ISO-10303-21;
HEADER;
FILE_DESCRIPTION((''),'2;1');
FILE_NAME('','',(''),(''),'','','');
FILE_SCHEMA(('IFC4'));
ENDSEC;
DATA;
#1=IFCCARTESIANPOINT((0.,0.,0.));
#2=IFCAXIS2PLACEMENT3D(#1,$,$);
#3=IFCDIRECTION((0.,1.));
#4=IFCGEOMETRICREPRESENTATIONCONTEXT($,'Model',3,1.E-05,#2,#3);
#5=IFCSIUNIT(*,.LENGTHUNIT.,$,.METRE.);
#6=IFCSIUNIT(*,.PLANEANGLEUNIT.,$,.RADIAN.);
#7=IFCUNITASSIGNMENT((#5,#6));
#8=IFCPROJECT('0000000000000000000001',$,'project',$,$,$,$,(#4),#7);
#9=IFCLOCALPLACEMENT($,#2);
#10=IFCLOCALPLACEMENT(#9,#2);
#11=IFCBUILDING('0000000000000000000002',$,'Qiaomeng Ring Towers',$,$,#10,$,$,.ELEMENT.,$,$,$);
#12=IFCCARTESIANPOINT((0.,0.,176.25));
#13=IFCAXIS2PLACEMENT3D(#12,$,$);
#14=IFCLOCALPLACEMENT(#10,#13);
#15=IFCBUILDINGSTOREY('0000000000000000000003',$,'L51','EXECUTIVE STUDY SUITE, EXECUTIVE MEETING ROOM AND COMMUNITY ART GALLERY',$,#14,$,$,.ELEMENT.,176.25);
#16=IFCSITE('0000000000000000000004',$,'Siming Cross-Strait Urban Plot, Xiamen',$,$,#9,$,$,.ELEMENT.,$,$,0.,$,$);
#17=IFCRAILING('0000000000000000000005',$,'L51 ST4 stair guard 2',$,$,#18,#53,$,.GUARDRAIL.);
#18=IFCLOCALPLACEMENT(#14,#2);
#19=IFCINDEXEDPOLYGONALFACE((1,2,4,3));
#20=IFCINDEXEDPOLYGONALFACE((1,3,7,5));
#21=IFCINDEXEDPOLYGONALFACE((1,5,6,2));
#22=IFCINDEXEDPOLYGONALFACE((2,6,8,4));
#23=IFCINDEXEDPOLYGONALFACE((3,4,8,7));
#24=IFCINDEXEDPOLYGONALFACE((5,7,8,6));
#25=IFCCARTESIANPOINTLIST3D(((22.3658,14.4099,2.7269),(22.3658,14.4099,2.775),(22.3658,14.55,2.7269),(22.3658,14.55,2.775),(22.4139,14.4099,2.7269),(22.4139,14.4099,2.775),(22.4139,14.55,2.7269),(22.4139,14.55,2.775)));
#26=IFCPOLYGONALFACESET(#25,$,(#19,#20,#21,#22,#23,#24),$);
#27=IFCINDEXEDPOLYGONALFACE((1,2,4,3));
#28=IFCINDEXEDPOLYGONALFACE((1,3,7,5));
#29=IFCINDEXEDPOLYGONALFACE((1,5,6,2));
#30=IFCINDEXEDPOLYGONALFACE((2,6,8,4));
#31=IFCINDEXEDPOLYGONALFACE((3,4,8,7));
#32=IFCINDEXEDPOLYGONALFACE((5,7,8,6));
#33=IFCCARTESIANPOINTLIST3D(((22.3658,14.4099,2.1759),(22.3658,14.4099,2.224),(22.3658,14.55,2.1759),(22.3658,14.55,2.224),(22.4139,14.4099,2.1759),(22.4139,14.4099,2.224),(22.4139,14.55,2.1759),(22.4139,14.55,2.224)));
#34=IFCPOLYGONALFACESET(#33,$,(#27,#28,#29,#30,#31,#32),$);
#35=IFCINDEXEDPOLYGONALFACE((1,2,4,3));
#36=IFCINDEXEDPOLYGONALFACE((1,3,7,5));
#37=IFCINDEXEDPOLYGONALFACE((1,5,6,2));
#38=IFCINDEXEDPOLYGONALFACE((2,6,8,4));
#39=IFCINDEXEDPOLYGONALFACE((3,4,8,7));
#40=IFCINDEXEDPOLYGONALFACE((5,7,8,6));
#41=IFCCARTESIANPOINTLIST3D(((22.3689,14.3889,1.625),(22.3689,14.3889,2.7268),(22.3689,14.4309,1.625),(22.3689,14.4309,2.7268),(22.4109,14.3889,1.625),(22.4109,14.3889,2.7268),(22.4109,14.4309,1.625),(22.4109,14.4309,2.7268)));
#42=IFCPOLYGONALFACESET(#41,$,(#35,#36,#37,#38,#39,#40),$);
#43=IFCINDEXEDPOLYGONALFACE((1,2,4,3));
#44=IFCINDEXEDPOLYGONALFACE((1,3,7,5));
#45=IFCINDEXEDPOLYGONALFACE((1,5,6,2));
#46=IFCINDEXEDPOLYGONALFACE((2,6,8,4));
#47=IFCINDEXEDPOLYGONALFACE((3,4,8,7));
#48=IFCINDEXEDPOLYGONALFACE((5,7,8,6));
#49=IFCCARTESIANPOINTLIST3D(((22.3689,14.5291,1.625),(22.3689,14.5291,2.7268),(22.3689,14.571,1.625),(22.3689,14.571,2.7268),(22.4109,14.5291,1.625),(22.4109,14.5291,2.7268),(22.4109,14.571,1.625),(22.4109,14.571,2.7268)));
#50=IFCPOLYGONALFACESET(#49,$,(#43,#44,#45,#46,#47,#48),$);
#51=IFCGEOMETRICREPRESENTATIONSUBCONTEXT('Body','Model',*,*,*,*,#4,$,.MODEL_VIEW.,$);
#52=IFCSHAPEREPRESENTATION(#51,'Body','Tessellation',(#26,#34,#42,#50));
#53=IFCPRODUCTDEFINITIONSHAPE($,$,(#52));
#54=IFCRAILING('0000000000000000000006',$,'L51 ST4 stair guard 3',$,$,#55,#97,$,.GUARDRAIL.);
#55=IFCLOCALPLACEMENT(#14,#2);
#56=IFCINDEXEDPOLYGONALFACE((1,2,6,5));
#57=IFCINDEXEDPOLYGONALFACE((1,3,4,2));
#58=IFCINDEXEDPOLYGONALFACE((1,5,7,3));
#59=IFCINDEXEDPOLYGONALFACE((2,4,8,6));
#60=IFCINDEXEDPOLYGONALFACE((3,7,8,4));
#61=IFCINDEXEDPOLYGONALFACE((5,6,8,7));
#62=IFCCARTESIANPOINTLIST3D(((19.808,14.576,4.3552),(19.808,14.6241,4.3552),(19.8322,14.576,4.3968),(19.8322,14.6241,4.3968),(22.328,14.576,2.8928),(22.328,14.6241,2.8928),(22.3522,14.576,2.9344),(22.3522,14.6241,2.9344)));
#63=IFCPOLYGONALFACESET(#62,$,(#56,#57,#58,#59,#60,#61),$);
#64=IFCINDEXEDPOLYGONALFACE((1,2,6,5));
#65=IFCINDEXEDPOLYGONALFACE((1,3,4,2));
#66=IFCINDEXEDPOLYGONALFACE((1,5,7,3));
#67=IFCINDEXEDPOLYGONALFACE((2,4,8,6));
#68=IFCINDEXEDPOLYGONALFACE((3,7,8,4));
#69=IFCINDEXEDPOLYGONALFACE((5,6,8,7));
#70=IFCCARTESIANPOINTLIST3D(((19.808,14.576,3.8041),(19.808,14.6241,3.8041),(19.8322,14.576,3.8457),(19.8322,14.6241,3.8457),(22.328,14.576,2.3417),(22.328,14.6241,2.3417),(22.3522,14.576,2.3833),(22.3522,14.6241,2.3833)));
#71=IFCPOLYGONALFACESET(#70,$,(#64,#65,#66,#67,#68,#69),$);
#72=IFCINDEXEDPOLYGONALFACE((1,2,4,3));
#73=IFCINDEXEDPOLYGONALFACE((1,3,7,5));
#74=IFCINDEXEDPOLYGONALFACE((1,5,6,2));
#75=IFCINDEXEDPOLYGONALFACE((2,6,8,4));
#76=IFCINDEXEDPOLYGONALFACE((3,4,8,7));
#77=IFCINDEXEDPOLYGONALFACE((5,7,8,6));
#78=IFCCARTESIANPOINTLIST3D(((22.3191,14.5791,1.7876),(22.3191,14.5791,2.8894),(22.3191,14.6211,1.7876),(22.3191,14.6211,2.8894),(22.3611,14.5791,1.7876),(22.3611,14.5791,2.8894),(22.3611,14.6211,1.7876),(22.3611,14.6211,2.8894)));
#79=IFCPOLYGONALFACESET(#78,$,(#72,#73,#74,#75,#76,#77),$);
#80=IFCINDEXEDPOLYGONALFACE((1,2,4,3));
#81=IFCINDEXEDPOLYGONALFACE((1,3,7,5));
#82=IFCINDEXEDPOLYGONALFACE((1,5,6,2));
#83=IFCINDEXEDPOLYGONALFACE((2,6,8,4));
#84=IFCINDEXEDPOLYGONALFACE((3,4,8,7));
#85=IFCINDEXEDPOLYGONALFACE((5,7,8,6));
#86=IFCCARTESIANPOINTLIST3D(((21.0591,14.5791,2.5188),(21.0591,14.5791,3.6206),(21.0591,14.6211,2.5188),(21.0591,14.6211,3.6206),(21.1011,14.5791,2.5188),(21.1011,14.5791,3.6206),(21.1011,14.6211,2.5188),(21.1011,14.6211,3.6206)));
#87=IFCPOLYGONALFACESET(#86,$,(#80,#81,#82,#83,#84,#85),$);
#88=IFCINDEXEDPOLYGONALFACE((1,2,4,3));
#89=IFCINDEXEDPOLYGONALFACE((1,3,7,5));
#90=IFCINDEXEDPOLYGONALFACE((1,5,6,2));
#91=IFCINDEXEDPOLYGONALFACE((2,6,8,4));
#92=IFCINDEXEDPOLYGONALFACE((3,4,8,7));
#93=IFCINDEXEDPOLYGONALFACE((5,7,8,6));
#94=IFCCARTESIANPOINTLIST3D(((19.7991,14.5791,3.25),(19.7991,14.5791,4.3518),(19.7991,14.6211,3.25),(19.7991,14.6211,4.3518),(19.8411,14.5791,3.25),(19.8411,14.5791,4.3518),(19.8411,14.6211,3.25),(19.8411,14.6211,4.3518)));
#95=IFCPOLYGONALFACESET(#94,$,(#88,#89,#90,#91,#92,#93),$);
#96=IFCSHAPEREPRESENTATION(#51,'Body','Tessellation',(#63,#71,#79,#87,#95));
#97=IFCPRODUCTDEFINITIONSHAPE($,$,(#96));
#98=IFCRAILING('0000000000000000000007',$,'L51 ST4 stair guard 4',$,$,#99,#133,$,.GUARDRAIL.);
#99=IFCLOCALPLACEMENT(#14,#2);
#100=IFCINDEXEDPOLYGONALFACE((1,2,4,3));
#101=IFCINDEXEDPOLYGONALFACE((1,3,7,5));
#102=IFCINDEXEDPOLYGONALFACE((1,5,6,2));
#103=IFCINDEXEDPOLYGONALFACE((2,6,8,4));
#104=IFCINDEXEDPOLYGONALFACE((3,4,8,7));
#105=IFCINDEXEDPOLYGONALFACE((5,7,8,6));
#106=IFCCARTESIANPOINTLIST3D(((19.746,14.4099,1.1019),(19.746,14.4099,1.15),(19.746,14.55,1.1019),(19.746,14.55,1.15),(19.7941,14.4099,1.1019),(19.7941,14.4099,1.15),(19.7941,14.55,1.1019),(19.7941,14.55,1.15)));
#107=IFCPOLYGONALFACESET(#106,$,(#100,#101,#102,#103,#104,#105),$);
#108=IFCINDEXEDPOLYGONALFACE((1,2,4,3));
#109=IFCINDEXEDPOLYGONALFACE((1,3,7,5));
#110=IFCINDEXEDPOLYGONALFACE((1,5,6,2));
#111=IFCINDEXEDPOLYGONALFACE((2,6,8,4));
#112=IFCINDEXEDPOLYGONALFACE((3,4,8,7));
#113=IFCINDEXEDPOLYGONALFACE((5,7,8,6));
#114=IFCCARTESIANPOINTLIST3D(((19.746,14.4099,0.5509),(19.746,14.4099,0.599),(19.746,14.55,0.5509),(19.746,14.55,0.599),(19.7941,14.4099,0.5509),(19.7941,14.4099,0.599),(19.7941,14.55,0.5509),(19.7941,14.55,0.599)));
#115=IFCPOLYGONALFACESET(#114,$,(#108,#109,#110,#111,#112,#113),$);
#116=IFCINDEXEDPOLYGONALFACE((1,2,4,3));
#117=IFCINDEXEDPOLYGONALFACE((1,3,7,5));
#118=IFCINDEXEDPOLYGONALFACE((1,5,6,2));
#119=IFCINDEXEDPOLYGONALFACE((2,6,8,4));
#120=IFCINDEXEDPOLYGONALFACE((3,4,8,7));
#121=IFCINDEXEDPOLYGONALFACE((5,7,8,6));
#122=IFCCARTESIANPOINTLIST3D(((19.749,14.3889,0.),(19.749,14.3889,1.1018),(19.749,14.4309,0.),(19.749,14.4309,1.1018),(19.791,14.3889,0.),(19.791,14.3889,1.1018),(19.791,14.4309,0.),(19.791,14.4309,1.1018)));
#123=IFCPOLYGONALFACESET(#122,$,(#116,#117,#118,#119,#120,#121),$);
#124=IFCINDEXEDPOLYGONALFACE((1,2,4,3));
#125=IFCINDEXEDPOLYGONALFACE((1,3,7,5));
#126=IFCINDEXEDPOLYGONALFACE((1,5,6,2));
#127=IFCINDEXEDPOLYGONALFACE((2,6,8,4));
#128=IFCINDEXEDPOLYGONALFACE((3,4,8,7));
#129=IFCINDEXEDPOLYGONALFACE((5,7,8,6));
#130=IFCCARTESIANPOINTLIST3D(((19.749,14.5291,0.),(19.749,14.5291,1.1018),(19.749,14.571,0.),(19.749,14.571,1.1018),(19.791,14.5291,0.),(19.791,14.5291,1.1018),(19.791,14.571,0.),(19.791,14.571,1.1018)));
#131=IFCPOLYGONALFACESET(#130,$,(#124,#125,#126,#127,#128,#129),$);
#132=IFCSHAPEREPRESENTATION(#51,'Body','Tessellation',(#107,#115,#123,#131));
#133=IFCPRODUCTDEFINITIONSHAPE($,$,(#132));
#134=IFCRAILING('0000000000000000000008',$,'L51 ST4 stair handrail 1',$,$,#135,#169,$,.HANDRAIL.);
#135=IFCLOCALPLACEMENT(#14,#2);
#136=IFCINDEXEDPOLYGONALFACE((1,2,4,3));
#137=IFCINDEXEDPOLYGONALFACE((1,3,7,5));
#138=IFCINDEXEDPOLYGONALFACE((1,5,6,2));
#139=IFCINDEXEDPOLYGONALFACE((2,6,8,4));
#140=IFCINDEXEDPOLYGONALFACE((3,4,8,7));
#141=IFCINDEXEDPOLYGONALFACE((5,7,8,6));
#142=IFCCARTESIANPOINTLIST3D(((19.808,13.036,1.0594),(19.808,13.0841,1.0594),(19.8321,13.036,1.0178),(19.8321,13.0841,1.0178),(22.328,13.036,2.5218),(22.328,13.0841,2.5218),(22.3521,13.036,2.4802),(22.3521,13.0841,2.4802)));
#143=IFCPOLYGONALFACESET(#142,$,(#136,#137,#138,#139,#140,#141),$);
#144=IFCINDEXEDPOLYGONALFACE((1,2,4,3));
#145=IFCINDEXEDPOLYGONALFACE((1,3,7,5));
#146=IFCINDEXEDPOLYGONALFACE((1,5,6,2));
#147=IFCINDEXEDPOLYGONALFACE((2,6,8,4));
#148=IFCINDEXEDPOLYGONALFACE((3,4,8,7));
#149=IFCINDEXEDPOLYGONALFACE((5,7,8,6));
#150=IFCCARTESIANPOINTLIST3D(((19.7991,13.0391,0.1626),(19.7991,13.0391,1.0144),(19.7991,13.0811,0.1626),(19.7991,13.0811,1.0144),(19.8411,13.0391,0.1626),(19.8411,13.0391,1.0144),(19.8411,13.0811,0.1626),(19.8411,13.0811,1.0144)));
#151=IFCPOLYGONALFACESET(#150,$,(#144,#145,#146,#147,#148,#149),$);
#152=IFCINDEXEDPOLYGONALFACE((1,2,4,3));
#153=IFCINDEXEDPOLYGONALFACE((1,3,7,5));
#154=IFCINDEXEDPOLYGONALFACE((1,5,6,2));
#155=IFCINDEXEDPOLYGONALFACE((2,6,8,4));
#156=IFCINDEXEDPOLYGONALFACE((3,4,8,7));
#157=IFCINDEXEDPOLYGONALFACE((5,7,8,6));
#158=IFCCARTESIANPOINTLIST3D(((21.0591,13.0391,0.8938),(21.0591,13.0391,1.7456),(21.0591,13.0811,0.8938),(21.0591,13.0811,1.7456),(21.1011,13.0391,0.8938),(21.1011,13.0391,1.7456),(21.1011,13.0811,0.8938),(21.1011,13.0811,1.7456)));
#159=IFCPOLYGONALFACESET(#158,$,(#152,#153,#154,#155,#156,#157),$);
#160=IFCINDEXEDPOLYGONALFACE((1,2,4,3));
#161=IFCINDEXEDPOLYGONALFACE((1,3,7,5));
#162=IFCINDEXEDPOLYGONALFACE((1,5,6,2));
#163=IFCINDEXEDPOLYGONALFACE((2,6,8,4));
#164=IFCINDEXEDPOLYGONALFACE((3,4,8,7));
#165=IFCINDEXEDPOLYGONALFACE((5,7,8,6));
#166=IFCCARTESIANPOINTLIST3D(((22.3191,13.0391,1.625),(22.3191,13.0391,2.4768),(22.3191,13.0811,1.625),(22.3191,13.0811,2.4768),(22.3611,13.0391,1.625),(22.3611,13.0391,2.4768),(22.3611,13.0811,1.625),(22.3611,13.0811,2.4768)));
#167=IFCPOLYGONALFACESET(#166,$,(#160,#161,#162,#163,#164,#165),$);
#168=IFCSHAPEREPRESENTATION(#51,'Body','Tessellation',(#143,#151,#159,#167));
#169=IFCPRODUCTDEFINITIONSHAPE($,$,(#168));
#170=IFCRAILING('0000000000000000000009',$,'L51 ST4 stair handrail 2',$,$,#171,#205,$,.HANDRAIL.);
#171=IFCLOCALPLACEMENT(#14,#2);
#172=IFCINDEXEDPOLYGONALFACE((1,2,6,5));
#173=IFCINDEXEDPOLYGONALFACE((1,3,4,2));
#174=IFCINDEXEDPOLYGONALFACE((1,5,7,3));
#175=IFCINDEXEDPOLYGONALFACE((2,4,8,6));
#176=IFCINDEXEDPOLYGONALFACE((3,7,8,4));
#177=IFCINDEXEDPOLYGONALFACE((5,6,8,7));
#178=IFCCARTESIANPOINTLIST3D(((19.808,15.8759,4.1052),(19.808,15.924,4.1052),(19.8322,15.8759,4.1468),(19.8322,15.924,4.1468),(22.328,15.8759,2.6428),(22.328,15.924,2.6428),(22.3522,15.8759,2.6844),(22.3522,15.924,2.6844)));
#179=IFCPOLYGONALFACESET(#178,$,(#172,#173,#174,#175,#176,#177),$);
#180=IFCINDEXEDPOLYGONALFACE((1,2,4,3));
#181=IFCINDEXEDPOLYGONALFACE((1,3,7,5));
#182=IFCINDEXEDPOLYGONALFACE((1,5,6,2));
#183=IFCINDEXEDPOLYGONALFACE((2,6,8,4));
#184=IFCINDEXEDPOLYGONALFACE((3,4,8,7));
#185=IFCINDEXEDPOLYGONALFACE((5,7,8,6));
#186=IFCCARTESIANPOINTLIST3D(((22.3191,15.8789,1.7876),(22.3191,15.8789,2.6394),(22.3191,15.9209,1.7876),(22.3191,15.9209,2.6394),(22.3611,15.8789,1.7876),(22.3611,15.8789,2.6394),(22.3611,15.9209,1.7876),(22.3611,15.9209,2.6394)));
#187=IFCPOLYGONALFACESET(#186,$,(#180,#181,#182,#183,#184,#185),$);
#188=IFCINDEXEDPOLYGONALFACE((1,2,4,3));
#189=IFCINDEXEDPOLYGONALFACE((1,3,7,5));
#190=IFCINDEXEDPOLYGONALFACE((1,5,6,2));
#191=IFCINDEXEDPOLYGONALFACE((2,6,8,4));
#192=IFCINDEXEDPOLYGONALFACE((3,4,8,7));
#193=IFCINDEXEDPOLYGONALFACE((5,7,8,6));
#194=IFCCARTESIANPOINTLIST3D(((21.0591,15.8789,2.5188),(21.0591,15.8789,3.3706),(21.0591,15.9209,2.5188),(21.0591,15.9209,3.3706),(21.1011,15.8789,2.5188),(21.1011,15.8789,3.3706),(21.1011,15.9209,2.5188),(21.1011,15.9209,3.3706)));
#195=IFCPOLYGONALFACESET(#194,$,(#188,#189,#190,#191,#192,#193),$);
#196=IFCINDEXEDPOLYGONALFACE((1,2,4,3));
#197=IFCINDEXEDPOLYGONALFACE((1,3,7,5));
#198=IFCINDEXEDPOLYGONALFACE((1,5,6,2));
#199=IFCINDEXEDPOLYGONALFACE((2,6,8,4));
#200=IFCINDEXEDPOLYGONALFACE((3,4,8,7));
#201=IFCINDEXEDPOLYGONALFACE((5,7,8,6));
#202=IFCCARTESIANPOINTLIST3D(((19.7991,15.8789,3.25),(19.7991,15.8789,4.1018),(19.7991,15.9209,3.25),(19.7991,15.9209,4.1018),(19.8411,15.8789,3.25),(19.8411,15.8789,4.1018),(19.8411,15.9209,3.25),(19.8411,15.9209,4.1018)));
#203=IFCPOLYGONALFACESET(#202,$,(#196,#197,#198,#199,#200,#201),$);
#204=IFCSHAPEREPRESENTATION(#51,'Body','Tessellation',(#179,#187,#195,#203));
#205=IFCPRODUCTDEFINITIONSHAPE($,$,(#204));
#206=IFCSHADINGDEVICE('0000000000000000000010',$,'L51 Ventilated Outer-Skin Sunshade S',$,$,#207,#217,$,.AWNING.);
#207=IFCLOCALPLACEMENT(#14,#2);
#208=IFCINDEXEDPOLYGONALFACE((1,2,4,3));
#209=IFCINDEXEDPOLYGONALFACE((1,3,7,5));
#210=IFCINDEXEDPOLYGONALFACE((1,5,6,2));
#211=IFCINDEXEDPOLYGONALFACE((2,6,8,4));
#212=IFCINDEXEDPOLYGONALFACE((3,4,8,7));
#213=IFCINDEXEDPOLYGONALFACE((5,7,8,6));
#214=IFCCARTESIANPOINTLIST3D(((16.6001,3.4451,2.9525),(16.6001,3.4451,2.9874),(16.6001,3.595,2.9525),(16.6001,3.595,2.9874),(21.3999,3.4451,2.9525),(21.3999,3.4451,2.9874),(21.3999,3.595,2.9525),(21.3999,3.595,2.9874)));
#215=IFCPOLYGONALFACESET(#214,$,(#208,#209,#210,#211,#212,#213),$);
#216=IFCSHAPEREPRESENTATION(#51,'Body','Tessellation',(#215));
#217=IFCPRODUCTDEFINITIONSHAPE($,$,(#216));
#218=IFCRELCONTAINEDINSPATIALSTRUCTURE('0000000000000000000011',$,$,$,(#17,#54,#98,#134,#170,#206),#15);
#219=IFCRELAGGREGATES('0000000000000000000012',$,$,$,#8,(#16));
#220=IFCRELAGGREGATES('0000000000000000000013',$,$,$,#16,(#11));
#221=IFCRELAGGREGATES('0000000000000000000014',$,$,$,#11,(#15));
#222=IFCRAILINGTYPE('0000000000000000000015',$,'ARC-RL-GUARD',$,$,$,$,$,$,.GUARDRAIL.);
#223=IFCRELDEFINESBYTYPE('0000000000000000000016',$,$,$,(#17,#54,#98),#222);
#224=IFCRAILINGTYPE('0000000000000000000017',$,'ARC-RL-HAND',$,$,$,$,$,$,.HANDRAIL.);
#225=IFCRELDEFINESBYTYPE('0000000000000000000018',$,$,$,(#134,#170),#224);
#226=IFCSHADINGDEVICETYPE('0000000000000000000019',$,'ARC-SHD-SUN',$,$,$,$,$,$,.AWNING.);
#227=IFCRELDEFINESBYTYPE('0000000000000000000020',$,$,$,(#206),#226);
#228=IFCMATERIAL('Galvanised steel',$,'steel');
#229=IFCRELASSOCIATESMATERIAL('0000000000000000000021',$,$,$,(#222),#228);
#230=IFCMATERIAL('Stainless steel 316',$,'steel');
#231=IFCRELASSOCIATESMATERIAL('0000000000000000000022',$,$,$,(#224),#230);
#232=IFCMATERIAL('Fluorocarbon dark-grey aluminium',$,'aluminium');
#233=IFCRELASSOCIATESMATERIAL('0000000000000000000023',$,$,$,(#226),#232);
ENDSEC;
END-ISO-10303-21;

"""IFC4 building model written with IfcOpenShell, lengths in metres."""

from ifc_helpers import new_model, si_unit, direction, frame, origin, origin_2d, place, context, subcontext, project, spatial, rectangle, extrude, source, transform, mapped, material, material_profile, profile_set, type_object, element, save


model = new_model("IFC4")

# Units and contexts
model_context = context("Model", 3, precision=1e-05, world=origin(), true_north=direction((0.0, 1.0)))
body_context = subcontext(model_context, "Body", "Model", "MODEL_VIEW")
ifc_project = project(units=[si_unit("LENGTHUNIT", "METRE"), si_unit("PLANEANGLEUNIT", "RADIAN")], contexts=[model_context])

# Site, building, storey
site_placement = place(None, origin())
site = spatial("IfcSite", under=ifc_project, at=site_placement, Name="Siming Cross-Strait Urban Plot, Xiamen", CompositionType="ELEMENT", RefElevation=0.0)
building_placement = place(site_placement, origin())
building = spatial("IfcBuilding", under=site, at=building_placement, Name="Qiaomeng Ring Towers", CompositionType="ELEMENT")
storey_placement = place(building_placement, frame((0.0, 0.0, 176.25)))
storey = spatial("IfcBuildingStorey", under=building, at=storey_placement, Name="L51", Description="EXECUTIVE STUDY SUITE, EXECUTIVE MEETING ROOM AND COMMUNITY ART GALLERY", CompositionType="ELEMENT", Elevation=176.25)

# Shared definitions
ifc_material_1 = material(Name="Fluorocarbon dark-grey aluminium", Category="aluminium")

# Shared definitions
ifc_material_2 = material(Name="Galvanised steel", Category="steel")

# Railings
railing_type_1 = type_object("IfcRailingType", Name="ARC-RL-GUARD", PredefinedType="GUARDRAIL", material=ifc_material_2)
railing_1_placement = place(storey_placement, frame((22.3899, 14.4099, 1.625)))
element("IfcRailing", 1, at=railing_1_placement, inside=storey, type_object=railing_type_1, Name="L51 ST4 stair guard 2", PredefinedType="GUARDRAIL", context=body_context, shape_type="SweptSolid", body=[
    extrude(rectangle(XDim=0.0481, YDim=0.0481, at=origin_2d()), frame((0.0, 0.0, 1.126), z_axis=(0.0, 1.0, 0.0), x_axis=(-1.0, 0.0, 0.0)), (0.0, 0.0, 1.0), 0.1401),
    extrude(rectangle(XDim=0.0481, YDim=0.0481, at=origin_2d()), frame((0.0, 0.0, 0.575), z_axis=(0.0, 1.0, 0.0), x_axis=(-1.0, 0.0, 0.0)), (0.0, 0.0, 1.0), 0.1401),
    extrude(rectangle(XDim=0.042, YDim=0.042, at=origin_2d()), origin(), (0.0, 0.0, 1.0), 1.1018),
    extrude(rectangle(XDim=0.042, YDim=0.042, at=origin_2d()), frame((0.0, 0.1401, 0.0)), (0.0, 0.0, 1.0), 1.1018),
])
railing_2_placement = place(storey_placement, frame((22.3401, 14.6001, 1.7876)))
element("IfcRailing", 2, at=railing_2_placement, inside=storey, type_object=railing_type_1, Name="L51 ST4 stair guard 3", PredefinedType="GUARDRAIL", context=body_context, shape_type="SweptSolid", body=[
    extrude(rectangle(XDim=0.0481, YDim=0.0481, at=origin_2d()), frame((0.0, 0.0, 1.126), z_axis=(-0.864913, 0.0, 0.501921), x_axis=(0.0, -1.0, 0.0)), (0.0, 0.0, 1.0), 2.9136),
    extrude(rectangle(XDim=0.0481, YDim=0.0481, at=origin_2d()), frame((0.0, 0.0, 0.575), z_axis=(-0.864913, 0.0, 0.501921), x_axis=(0.0, -1.0, 0.0)), (0.0, 0.0, 1.0), 2.9136),
    extrude(rectangle(XDim=0.042, YDim=0.042, at=origin_2d()), origin(), (0.0, 0.0, 1.0), 1.1018),
    extrude(rectangle(XDim=0.042, YDim=0.042, at=origin_2d()), frame((-1.26, 0.0, 0.7312)), (0.0, 0.0, 1.0), 1.1018),
    extrude(rectangle(XDim=0.042, YDim=0.042, at=origin_2d()), frame((-2.52, 0.0, 1.4624)), (0.0, 0.0, 1.0), 1.1018),
])
railing_3_placement = place(storey_placement, frame((19.77, 14.4099, 0.0)))
element("IfcRailing", 3, at=railing_3_placement, inside=storey, type_object=railing_type_1, Name="L51 ST4 stair guard 4", PredefinedType="GUARDRAIL", context=body_context, shape_type="SweptSolid", body=[
    extrude(rectangle(XDim=0.0481, YDim=0.0481, at=origin_2d()), frame((0.0, 0.0, 1.126), z_axis=(0.0, 1.0, 0.0), x_axis=(-1.0, 0.0, 0.0)), (0.0, 0.0, 1.0), 0.1401),
    extrude(rectangle(XDim=0.0481, YDim=0.0481, at=origin_2d()), frame((0.0, 0.0, 0.575), z_axis=(0.0, 1.0, 0.0), x_axis=(-1.0, 0.0, 0.0)), (0.0, 0.0, 1.0), 0.1401),
    extrude(rectangle(XDim=0.042, YDim=0.042, at=origin_2d()), origin(), (0.0, 0.0, 1.0), 1.1018),
    extrude(rectangle(XDim=0.042, YDim=0.042, at=origin_2d()), frame((0.0, 0.1401, 0.0)), (0.0, 0.0, 1.0), 1.1018),
])
ifc_material_3 = material(Name="Stainless steel 316", Category="steel")
railing_type_2 = type_object("IfcRailingType", Name="ARC-RL-HAND", PredefinedType="HANDRAIL", material=ifc_material_3)
railing_4_placement = place(storey_placement, frame((19.8201, 13.0601, 0.1626)))
element("IfcRailing", 4, at=railing_4_placement, inside=storey, type_object=railing_type_2, Name="L51 ST4 stair handrail 1", PredefinedType="HANDRAIL", context=body_context, shape_type="SweptSolid", body=[
    extrude(rectangle(XDim=0.0481, YDim=0.0481, at=origin_2d()), frame((0.0, 0.0, 0.876), z_axis=(0.864913, 0.0, 0.501921), x_axis=(0.0, 1.0, 0.0)), (0.0, 0.0, 1.0), 2.9136),
    extrude(rectangle(XDim=0.042, YDim=0.042, at=origin_2d()), origin(), (0.0, 0.0, 1.0), 0.8518),
    extrude(rectangle(XDim=0.042, YDim=0.042, at=origin_2d()), frame((1.26, 0.0, 0.7312)), (0.0, 0.0, 1.0), 0.8518),
    extrude(rectangle(XDim=0.042, YDim=0.042, at=origin_2d()), frame((2.52, 0.0, 1.4624)), (0.0, 0.0, 1.0), 0.8518),
])
railing_5_placement = place(storey_placement, frame((22.3401, 15.8999, 1.7876)))
element("IfcRailing", 5, at=railing_5_placement, inside=storey, type_object=railing_type_2, Name="L51 ST4 stair handrail 2", PredefinedType="HANDRAIL", context=body_context, shape_type="SweptSolid", body=[
    extrude(rectangle(XDim=0.0481, YDim=0.0481, at=origin_2d()), frame((0.0, 0.0, 0.876), z_axis=(-0.864913, 0.0, 0.501921), x_axis=(0.0, -1.0, 0.0)), (0.0, 0.0, 1.0), 2.9136),
    extrude(rectangle(XDim=0.042, YDim=0.042, at=origin_2d()), origin(), (0.0, 0.0, 1.0), 0.8518),
    extrude(rectangle(XDim=0.042, YDim=0.042, at=origin_2d()), frame((-1.26, 0.0, 0.7312)), (0.0, 0.0, 1.0), 0.8518),
    extrude(rectangle(XDim=0.042, YDim=0.042, at=origin_2d()), frame((-2.52, 0.0, 1.4624)), (0.0, 0.0, 1.0), 0.8518),
])

# Shading device
ifc_material_profile_1 = material_profile(ifc_material_1, rectangle(XDim=0.1499, YDim=0.0349, at=origin_2d()), Name="LV BLADE 150x35")
ifc_profile_set_1 = profile_set([ifc_material_profile_1], Name="Fluorocarbon dark-grey aluminium")
shading_device_type = type_object("IfcShadingDeviceType", Name="ARC-SHD-SUN", PredefinedType="AWNING", material=ifc_profile_set_1)
shared_shape_1 = source(origin(), body_context, "Body", "SweptSolid", [
    extrude(rectangle(XDim=0.1499, YDim=0.0349, at=origin_2d()), origin(), (0.0, 0.0, 1.0), 4.7998),
])
shading_device_placement = place(storey_placement, frame((16.6001, 3.52, 2.97), z_axis=(1.0, 0.0, 0.0), x_axis=(0.0, 1.0, 0.0)))
element("IfcShadingDevice", 6, at=shading_device_placement, inside=storey, type_object=shading_device_type, Name="L51 Ventilated Outer-Skin Sunshade S", PredefinedType="AWNING", context=body_context, shape_type="MappedRepresentation", body=[
    mapped(shared_shape_1, transform((0.0, 0.0, 0.0), x_axis=(1.0, 0.0, 0.0), y_axis=(0.0, 1.0, 0.0), z_axis=(0.0, 0.0, 1.0), scale=1.0)),
])

save(model, "model.ifc")
